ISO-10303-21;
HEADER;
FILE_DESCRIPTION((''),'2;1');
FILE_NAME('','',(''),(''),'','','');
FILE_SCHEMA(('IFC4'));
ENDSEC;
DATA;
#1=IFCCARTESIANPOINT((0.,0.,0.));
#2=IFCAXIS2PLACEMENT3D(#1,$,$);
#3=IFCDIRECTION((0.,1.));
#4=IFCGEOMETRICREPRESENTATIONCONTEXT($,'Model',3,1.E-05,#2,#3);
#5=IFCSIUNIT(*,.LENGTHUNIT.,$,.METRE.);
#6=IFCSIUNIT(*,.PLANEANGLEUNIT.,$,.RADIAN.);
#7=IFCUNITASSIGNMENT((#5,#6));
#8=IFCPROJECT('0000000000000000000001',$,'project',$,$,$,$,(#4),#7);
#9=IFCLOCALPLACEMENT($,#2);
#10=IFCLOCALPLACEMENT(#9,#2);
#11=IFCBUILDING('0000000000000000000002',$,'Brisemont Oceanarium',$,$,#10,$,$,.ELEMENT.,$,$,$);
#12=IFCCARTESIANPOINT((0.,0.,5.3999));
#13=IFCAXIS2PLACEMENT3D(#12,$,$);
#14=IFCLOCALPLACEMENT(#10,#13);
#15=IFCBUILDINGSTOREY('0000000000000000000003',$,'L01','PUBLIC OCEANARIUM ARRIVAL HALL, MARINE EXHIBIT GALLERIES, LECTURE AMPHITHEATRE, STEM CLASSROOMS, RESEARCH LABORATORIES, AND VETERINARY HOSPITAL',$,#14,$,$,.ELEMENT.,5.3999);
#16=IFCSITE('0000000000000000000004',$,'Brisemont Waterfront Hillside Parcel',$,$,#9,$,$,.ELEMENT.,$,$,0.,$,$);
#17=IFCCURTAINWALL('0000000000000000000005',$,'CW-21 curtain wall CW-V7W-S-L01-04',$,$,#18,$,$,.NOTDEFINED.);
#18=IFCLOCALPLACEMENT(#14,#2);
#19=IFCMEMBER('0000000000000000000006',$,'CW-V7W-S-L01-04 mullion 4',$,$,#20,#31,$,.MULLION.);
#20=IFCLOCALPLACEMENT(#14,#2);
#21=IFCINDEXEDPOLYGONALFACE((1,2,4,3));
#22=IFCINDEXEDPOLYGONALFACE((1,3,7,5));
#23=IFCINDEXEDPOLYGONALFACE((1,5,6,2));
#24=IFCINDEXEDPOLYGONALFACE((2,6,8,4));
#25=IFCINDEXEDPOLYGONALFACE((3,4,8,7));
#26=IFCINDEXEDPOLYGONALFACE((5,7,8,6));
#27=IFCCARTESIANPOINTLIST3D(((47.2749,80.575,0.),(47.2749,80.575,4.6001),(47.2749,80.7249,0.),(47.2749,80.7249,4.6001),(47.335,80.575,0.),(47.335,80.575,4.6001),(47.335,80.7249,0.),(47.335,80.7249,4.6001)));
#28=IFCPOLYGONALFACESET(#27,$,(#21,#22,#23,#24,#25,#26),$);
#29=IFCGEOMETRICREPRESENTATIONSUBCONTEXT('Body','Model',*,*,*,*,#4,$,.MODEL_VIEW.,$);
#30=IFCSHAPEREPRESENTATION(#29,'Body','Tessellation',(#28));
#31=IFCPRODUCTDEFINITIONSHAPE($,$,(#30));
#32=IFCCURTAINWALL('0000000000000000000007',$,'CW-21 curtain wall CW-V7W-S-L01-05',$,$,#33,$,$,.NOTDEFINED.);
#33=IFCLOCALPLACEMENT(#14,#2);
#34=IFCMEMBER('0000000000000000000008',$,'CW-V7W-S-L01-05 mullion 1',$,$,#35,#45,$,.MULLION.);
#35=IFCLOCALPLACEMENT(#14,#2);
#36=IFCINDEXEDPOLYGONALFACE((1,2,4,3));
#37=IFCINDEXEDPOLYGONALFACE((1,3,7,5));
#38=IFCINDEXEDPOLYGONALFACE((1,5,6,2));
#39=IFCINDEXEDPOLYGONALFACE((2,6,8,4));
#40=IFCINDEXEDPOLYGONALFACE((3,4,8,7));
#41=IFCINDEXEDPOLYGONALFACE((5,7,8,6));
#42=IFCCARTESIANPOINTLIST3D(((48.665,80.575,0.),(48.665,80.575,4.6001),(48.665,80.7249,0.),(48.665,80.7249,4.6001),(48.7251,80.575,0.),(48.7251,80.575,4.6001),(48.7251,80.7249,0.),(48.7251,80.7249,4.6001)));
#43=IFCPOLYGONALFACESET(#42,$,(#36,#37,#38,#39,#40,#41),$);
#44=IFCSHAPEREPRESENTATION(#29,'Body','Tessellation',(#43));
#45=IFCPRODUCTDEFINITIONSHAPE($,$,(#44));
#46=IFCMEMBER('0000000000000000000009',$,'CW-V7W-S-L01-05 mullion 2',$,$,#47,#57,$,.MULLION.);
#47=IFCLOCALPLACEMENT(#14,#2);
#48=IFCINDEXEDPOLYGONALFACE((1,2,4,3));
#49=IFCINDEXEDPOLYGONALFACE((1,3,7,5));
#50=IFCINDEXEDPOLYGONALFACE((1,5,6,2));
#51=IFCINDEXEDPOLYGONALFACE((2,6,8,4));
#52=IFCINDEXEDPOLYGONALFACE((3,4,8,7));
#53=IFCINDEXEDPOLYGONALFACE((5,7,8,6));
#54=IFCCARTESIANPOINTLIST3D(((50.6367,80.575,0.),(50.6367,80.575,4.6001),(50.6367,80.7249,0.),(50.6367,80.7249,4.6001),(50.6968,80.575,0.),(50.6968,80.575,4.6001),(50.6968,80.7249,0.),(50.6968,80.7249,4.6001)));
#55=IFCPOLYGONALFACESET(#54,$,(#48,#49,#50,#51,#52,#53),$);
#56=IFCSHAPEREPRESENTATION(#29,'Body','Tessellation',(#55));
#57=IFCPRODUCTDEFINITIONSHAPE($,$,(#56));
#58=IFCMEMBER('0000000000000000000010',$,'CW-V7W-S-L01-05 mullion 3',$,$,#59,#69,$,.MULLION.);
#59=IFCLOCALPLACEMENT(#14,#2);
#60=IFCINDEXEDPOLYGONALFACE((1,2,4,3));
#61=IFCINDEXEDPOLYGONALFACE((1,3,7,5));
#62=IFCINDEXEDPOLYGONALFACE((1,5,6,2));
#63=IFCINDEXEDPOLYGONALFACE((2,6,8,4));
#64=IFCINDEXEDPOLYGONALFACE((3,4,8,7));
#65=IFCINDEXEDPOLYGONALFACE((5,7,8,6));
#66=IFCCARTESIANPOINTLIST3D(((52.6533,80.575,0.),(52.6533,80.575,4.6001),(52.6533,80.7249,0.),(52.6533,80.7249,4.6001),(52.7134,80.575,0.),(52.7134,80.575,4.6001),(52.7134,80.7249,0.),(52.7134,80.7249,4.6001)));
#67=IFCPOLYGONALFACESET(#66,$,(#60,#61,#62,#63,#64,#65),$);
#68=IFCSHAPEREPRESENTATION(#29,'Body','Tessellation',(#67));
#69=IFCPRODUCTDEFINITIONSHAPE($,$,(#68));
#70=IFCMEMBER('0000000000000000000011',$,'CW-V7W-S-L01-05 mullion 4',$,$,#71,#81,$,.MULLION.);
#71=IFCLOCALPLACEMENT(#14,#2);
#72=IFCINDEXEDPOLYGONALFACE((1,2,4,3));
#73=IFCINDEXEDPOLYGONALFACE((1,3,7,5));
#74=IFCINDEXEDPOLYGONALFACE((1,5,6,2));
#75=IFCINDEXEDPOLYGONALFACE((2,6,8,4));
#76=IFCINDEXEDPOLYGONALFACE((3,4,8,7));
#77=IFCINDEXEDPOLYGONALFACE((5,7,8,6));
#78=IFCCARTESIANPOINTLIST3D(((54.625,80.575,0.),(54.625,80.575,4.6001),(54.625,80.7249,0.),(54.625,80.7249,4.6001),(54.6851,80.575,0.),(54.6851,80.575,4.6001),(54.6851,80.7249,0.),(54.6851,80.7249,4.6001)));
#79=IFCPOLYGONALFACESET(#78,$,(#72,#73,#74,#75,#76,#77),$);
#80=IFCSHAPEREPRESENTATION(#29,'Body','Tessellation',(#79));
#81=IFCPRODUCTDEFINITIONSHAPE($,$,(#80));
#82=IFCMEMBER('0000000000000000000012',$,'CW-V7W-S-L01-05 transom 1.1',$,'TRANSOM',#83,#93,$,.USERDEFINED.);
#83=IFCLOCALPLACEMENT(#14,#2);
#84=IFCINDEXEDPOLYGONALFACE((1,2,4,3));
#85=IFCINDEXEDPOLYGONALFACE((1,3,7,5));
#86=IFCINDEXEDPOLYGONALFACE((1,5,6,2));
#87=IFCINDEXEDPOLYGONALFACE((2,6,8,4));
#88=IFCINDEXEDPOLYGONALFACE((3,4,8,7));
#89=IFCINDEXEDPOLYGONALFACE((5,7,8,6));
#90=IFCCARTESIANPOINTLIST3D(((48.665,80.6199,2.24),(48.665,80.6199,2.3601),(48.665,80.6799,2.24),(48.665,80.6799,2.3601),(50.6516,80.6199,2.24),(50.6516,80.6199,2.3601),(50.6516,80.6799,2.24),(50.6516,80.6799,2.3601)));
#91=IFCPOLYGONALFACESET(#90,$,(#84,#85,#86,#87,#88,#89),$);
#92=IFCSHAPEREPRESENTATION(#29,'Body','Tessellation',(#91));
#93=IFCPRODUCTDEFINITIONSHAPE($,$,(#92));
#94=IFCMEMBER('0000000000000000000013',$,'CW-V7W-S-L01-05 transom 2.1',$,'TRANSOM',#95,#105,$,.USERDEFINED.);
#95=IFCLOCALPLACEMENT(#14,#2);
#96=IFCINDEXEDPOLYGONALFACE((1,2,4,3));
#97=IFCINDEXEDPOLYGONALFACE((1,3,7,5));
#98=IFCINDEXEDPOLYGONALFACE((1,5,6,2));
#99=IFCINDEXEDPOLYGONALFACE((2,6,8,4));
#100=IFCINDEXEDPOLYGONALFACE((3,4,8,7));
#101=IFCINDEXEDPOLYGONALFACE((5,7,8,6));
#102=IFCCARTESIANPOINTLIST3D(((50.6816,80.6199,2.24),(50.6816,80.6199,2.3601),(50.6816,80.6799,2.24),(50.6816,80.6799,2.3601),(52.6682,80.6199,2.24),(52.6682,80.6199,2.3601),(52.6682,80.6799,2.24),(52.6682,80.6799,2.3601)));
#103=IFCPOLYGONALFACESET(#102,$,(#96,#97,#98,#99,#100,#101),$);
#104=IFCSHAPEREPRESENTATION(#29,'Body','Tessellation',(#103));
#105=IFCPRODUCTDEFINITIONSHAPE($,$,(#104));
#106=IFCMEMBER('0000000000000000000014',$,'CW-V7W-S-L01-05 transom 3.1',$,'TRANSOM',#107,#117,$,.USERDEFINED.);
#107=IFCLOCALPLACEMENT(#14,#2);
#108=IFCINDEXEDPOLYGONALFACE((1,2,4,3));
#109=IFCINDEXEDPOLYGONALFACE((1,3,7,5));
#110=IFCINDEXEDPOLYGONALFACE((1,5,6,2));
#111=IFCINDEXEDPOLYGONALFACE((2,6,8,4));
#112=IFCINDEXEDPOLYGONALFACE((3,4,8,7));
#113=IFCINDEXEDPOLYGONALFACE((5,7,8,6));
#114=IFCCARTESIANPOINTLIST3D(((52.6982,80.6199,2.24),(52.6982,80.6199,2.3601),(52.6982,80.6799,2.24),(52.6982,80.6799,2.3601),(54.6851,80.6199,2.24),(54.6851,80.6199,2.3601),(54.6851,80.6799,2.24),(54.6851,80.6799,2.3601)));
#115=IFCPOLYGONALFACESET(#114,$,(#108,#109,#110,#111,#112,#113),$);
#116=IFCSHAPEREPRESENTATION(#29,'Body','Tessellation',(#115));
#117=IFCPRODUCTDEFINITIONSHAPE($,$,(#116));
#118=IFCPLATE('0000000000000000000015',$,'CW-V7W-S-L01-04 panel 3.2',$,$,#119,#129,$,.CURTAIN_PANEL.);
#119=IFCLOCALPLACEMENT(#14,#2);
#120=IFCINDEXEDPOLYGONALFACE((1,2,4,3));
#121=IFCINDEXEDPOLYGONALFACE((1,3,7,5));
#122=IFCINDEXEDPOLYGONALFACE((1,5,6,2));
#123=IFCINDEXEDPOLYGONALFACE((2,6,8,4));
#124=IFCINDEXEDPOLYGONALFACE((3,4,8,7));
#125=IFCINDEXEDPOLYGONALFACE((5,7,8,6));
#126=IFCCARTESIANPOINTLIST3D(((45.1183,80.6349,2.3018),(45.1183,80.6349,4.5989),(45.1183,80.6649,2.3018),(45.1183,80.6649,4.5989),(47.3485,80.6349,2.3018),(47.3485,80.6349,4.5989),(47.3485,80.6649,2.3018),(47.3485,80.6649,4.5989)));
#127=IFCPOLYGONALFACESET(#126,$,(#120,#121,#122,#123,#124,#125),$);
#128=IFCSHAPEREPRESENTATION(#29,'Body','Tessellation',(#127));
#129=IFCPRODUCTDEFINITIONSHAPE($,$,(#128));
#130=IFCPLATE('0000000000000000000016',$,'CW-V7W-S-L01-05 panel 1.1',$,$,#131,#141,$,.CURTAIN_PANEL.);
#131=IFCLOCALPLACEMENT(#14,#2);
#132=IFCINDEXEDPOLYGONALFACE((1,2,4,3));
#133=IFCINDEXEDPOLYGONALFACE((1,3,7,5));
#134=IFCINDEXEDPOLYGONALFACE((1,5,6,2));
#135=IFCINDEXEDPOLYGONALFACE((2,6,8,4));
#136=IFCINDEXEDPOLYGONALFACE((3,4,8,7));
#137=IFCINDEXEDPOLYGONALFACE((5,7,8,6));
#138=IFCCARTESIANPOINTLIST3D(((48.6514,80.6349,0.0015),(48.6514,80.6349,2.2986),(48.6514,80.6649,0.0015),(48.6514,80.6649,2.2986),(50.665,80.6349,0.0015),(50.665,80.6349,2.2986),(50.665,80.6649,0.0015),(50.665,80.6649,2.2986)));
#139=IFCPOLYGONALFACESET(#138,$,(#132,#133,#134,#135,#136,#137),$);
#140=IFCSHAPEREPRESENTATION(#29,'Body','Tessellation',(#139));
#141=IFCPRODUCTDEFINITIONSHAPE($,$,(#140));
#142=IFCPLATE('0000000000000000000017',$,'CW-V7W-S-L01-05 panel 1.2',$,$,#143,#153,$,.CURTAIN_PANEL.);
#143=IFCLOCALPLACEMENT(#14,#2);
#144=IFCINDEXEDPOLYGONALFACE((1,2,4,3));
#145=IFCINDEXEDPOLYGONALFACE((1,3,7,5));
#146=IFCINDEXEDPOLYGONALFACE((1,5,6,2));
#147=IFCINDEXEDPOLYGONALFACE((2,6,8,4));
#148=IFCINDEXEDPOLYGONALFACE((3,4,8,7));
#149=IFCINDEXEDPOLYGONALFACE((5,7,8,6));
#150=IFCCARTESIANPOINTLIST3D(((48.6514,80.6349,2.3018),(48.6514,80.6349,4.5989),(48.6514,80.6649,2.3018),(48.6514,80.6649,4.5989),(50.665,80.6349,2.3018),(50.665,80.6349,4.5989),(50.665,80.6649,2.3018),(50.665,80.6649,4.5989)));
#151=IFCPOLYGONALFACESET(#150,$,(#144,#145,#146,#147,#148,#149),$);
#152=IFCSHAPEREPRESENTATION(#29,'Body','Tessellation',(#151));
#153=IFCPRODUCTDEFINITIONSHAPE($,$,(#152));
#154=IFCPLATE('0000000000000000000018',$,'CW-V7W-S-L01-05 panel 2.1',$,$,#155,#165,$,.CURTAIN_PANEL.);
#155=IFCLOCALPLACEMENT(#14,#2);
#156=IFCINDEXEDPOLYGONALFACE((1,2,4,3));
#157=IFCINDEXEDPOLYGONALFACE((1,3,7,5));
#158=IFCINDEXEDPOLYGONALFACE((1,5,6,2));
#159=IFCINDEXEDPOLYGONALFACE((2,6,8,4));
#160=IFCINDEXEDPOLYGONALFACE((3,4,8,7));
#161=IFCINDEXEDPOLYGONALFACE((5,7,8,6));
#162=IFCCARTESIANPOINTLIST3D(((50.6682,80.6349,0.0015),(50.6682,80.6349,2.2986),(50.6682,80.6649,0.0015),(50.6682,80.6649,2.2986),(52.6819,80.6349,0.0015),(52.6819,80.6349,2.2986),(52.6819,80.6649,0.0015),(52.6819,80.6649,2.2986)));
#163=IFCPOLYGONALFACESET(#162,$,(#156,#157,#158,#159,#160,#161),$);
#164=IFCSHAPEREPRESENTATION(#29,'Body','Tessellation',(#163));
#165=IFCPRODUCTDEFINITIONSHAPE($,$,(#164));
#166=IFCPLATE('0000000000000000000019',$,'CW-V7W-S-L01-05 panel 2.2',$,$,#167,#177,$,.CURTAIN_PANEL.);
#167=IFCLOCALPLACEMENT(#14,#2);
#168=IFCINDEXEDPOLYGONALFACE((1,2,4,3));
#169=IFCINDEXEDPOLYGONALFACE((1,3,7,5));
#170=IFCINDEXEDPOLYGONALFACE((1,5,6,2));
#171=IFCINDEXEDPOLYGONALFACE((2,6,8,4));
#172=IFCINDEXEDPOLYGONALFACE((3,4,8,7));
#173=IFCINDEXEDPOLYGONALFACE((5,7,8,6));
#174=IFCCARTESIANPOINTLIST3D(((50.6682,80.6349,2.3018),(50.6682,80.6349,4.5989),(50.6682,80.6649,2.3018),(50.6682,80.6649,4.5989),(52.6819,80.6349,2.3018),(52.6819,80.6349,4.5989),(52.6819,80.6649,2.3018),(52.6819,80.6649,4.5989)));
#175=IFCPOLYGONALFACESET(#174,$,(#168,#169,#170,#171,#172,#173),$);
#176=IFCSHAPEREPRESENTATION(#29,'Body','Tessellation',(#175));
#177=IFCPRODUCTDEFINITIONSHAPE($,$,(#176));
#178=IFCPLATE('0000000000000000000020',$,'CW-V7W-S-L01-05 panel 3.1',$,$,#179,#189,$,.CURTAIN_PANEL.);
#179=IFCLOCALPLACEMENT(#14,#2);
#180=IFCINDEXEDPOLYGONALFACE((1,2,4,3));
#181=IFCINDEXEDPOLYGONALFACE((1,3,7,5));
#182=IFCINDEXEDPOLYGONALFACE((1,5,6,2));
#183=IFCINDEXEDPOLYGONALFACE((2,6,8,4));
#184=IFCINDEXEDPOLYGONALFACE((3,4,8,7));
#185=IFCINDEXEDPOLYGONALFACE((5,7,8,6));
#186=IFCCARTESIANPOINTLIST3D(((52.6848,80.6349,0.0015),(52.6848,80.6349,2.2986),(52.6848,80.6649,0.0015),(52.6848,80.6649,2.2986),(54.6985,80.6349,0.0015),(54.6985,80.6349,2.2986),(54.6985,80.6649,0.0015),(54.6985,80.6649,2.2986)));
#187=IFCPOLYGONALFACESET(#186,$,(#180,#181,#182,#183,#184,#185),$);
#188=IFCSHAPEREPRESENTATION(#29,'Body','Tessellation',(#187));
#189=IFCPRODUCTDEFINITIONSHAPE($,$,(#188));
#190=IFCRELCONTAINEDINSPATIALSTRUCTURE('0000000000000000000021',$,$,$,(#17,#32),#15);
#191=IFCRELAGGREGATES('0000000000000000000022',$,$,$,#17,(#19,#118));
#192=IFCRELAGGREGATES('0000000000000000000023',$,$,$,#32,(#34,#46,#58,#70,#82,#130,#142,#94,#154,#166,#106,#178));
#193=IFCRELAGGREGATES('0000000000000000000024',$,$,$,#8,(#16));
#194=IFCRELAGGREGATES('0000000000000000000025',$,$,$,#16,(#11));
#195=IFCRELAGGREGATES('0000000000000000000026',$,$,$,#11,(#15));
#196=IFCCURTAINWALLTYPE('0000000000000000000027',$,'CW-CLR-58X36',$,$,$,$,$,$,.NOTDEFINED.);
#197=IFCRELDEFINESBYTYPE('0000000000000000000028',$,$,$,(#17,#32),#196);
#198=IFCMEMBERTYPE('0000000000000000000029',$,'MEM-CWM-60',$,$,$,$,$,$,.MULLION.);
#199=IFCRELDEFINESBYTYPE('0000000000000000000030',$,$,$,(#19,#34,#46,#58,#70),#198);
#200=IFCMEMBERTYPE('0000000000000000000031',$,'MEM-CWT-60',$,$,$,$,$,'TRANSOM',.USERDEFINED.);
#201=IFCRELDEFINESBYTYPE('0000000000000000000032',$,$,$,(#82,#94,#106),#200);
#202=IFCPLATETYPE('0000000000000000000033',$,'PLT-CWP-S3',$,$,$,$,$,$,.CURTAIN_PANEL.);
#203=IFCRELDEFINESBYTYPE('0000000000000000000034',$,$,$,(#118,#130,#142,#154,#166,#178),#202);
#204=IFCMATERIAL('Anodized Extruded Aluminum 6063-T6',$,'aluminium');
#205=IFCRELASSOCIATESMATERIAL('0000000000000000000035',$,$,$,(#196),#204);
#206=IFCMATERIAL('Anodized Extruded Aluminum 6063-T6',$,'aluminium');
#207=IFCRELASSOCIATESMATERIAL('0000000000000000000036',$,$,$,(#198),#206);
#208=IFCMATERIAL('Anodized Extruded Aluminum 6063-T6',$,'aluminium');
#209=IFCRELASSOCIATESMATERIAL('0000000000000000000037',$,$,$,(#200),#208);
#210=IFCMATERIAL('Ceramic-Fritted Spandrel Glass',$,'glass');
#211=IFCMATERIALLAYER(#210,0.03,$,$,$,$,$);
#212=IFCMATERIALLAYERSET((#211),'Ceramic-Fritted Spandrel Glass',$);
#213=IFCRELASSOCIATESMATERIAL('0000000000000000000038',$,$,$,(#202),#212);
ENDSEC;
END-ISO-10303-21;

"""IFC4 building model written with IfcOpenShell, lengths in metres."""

from ifc_helpers import new_model, si_unit, direction, frame, origin, origin_2d, place, context, subcontext, project, spatial, rectangle, extrude, material, layer, layer_set, material_profile, profile_set, type_object, element, aggregate, save


model = new_model("IFC4")

# Units and contexts
model_context = context("Model", 3, precision=1e-05, world=origin(), true_north=direction((0.0, 1.0)))
body_context = subcontext(model_context, "Body", "Model", "MODEL_VIEW")
ifc_project = project(units=[si_unit("LENGTHUNIT", "METRE"), si_unit("PLANEANGLEUNIT", "RADIAN")], contexts=[model_context])

# Site, building, storey
site_placement = place(None, origin())
site = spatial("IfcSite", under=ifc_project, at=site_placement, Name="Brisemont Waterfront Hillside Parcel", CompositionType="ELEMENT", RefElevation=0.0)
building_placement = place(site_placement, origin())
building = spatial("IfcBuilding", under=site, at=building_placement, Name="Brisemont Oceanarium", CompositionType="ELEMENT")
storey_placement = place(building_placement, frame((0.0, 0.0, 5.3999)))
storey = spatial("IfcBuildingStorey", under=building, at=storey_placement, Name="L01", Description="PUBLIC OCEANARIUM ARRIVAL HALL, MARINE EXHIBIT GALLERIES, LECTURE AMPHITHEATRE, STEM CLASSROOMS, RESEARCH LABORATORIES, AND VETERINARY HOSPITAL", CompositionType="ELEMENT", Elevation=5.3999)

# Curtain wall, member
ifc_material_1 = material(Name="Anodized Extruded Aluminum 6063-T6", Category="aluminium")
curtain_wall_type = type_object("IfcCurtainWallType", Name="CW-CLR-58X36", PredefinedType="NOTDEFINED", material=ifc_material_1)
curtain_wall_1_placement = place(storey_placement, origin())
curtain_wall_1 = element("IfcCurtainWall", 1, at=curtain_wall_1_placement, inside=storey, type_object=curtain_wall_type, Name="CW-21 curtain wall CW-V7W-S-L01-04", PredefinedType="NOTDEFINED")
ifc_material_2 = material(Name="Anodized Extruded Aluminum 6063-T6", Category="aluminium")
ifc_material_profile_1 = material_profile(ifc_material_2, rectangle(XDim=0.0601, YDim=0.1499, at=origin_2d()), Name="CWM-60X150")
ifc_profile_set_1 = profile_set([ifc_material_profile_1], Name="Anodized Extruded Aluminum 6063-T6")
member_type_1 = type_object("IfcMemberType", Name="MEM-CWM-60", PredefinedType="MULLION", material=ifc_profile_set_1)
member_1_placement = place(storey_placement, frame((47.3049, 80.6499, 0.0), z_axis=(0.0, 0.0, 1.0), x_axis=(1.0, 0.0, 0.0)))
member_1 = element("IfcMember", 2, at=member_1_placement, type_object=member_type_1, Name="CW-V7W-S-L01-04 mullion 4", PredefinedType="MULLION", context=body_context, shape_type="SweptSolid", body=[
    extrude(rectangle(XDim=0.0601, YDim=0.1499, at=origin_2d()), origin(), (0.0, 0.0, 1.0), 4.6001),
])

# Curtain wall, members
curtain_wall_2_placement = place(storey_placement, origin())
curtain_wall_2 = element("IfcCurtainWall", 3, at=curtain_wall_2_placement, inside=storey, type_object=curtain_wall_type, Name="CW-21 curtain wall CW-V7W-S-L01-05", PredefinedType="NOTDEFINED")
member_2_placement = place(storey_placement, frame((48.6951, 80.6499, 0.0), z_axis=(0.0, 0.0, 1.0), x_axis=(1.0, 0.0, 0.0)))
member_2 = element("IfcMember", 4, at=member_2_placement, type_object=member_type_1, Name="CW-V7W-S-L01-05 mullion 1", PredefinedType="MULLION", context=body_context, shape_type="SweptSolid", body=[
    extrude(rectangle(XDim=0.0601, YDim=0.1499, at=origin_2d()), origin(), (0.0, 0.0, 1.0), 4.6001),
])
member_3_placement = place(storey_placement, frame((50.6667, 80.6499, 0.0), z_axis=(0.0, 0.0, 1.0), x_axis=(1.0, 0.0, 0.0)))
member_3 = element("IfcMember", 5, at=member_3_placement, type_object=member_type_1, Name="CW-V7W-S-L01-05 mullion 2", PredefinedType="MULLION", context=body_context, shape_type="SweptSolid", body=[
    extrude(rectangle(XDim=0.0601, YDim=0.1499, at=origin_2d()), origin(), (0.0, 0.0, 1.0), 4.6001),
])
member_4_placement = place(storey_placement, frame((52.6833, 80.6499, 0.0), z_axis=(0.0, 0.0, 1.0), x_axis=(1.0, 0.0, 0.0)))
member_4 = element("IfcMember", 6, at=member_4_placement, type_object=member_type_1, Name="CW-V7W-S-L01-05 mullion 3", PredefinedType="MULLION", context=body_context, shape_type="SweptSolid", body=[
    extrude(rectangle(XDim=0.0601, YDim=0.1499, at=origin_2d()), origin(), (0.0, 0.0, 1.0), 4.6001),
])
member_5_placement = place(storey_placement, frame((54.655, 80.6499, 0.0), z_axis=(0.0, 0.0, 1.0), x_axis=(1.0, 0.0, 0.0)))
member_5 = element("IfcMember", 7, at=member_5_placement, type_object=member_type_1, Name="CW-V7W-S-L01-05 mullion 4", PredefinedType="MULLION", context=body_context, shape_type="SweptSolid", body=[
    extrude(rectangle(XDim=0.0601, YDim=0.1499, at=origin_2d()), origin(), (0.0, 0.0, 1.0), 4.6001),
])
ifc_material_3 = material(Name="Anodized Extruded Aluminum 6063-T6", Category="aluminium")
ifc_material_profile_2 = material_profile(ifc_material_3, rectangle(XDim=0.0601, YDim=0.1201, at=origin_2d()), Name="CWT-60X120")
ifc_profile_set_2 = profile_set([ifc_material_profile_2], Name="Anodized Extruded Aluminum 6063-T6")
member_type_2 = type_object("IfcMemberType", Name="MEM-CWT-60", ElementType="TRANSOM", PredefinedType="USERDEFINED", material=ifc_profile_set_2)
member_6_placement = place(storey_placement, frame((48.665, 80.6499, 2.3), z_axis=(1.0, 0.0, 0.0), x_axis=(0.0, 1.0, 0.0)))
member_6 = element("IfcMember", 8, at=member_6_placement, type_object=member_type_2, Name="CW-V7W-S-L01-05 transom 1.1", ObjectType="TRANSOM", PredefinedType="USERDEFINED", context=body_context, shape_type="SweptSolid", body=[
    extrude(rectangle(XDim=0.0601, YDim=0.1201, at=origin_2d()), origin(), (0.0, 0.0, 1.0), 1.9866),
])
member_7_placement = place(storey_placement, frame((50.6816, 80.6499, 2.3), z_axis=(1.0, 0.0, 0.0), x_axis=(0.0, 1.0, 0.0)))
member_7 = element("IfcMember", 9, at=member_7_placement, type_object=member_type_2, Name="CW-V7W-S-L01-05 transom 2.1", ObjectType="TRANSOM", PredefinedType="USERDEFINED", context=body_context, shape_type="SweptSolid", body=[
    extrude(rectangle(XDim=0.0601, YDim=0.1201, at=origin_2d()), origin(), (0.0, 0.0, 1.0), 1.9866),
])
member_8_placement = place(storey_placement, frame((52.6982, 80.6499, 2.3), z_axis=(1.0, 0.0, 0.0), x_axis=(0.0, 1.0, 0.0)))
member_8 = element("IfcMember", 10, at=member_8_placement, type_object=member_type_2, Name="CW-V7W-S-L01-05 transom 3.1", ObjectType="TRANSOM", PredefinedType="USERDEFINED", context=body_context, shape_type="SweptSolid", body=[
    extrude(rectangle(XDim=0.0601, YDim=0.1201, at=origin_2d()), origin(), (0.0, 0.0, 1.0), 1.9868),
])

# Plates
ifc_material_4 = material(Name="Ceramic-Fritted Spandrel Glass", Category="glass")
ifc_layer_1 = layer(ifc_material_4, 0.03)
ifc_layer_set_1 = layer_set([ifc_layer_1], Name="Ceramic-Fritted Spandrel Glass")
plate_type = type_object("IfcPlateType", Name="PLT-CWP-S3", PredefinedType="CURTAIN_PANEL", material=ifc_layer_set_1)
plate_1_placement = place(storey_placement, frame((46.2334, 80.6499, 2.3018), z_axis=(0.0, 0.0, 1.0), x_axis=(1.0, 0.0, 0.0)))
plate_1 = element("IfcPlate", 11, at=plate_1_placement, type_object=plate_type, Name="CW-V7W-S-L01-04 panel 3.2", PredefinedType="CURTAIN_PANEL", context=body_context, shape_type="SweptSolid", body=[
    extrude(rectangle(XDim=2.2302, YDim=0.03, at=origin_2d()), origin(), (0.0, 0.0, 1.0), 2.2971),
])
aggregate(curtain_wall_1, [member_1, plate_1])
plate_2_placement = place(storey_placement, frame((49.6582, 80.6499, 0.0015), z_axis=(0.0, 0.0, 1.0), x_axis=(1.0, 0.0, 0.0)))
plate_2 = element("IfcPlate", 12, at=plate_2_placement, type_object=plate_type, Name="CW-V7W-S-L01-05 panel 1.1", PredefinedType="CURTAIN_PANEL", context=body_context, shape_type="SweptSolid", body=[
    extrude(rectangle(XDim=2.0137, YDim=0.03, at=origin_2d()), origin(), (0.0, 0.0, 1.0), 2.2971),
])
plate_3_placement = place(storey_placement, frame((49.6582, 80.6499, 2.3018), z_axis=(0.0, 0.0, 1.0), x_axis=(1.0, 0.0, 0.0)))
plate_3 = element("IfcPlate", 13, at=plate_3_placement, type_object=plate_type, Name="CW-V7W-S-L01-05 panel 1.2", PredefinedType="CURTAIN_PANEL", context=body_context, shape_type="SweptSolid", body=[
    extrude(rectangle(XDim=2.0137, YDim=0.03, at=origin_2d()), origin(), (0.0, 0.0, 1.0), 2.2971),
])
plate_4_placement = place(storey_placement, frame((51.675, 80.6499, 0.0015), z_axis=(0.0, 0.0, 1.0), x_axis=(1.0, 0.0, 0.0)))
plate_4 = element("IfcPlate", 14, at=plate_4_placement, type_object=plate_type, Name="CW-V7W-S-L01-05 panel 2.1", PredefinedType="CURTAIN_PANEL", context=body_context, shape_type="SweptSolid", body=[
    extrude(rectangle(XDim=2.0137, YDim=0.03, at=origin_2d()), origin(), (0.0, 0.0, 1.0), 2.2971),
])
plate_5_placement = place(storey_placement, frame((51.675, 80.6499, 2.3018), z_axis=(0.0, 0.0, 1.0), x_axis=(1.0, 0.0, 0.0)))
plate_5 = element("IfcPlate", 15, at=plate_5_placement, type_object=plate_type, Name="CW-V7W-S-L01-05 panel 2.2", PredefinedType="CURTAIN_PANEL", context=body_context, shape_type="SweptSolid", body=[
    extrude(rectangle(XDim=2.0137, YDim=0.03, at=origin_2d()), origin(), (0.0, 0.0, 1.0), 2.2971),
])
plate_6_placement = place(storey_placement, frame((53.6917, 80.6499, 0.0015), z_axis=(0.0, 0.0, 1.0), x_axis=(1.0, 0.0, 0.0)))
plate_6 = element("IfcPlate", 16, at=plate_6_placement, type_object=plate_type, Name="CW-V7W-S-L01-05 panel 3.1", PredefinedType="CURTAIN_PANEL", context=body_context, shape_type="SweptSolid", body=[
    extrude(rectangle(XDim=2.0137, YDim=0.03, at=origin_2d()), origin(), (0.0, 0.0, 1.0), 2.2971),
])
aggregate(curtain_wall_2, [member_2, member_3, member_4, member_5, member_6, plate_2, plate_3, member_7, plate_4, plate_5, member_8, plate_6])

save(model, "model.ifc")
